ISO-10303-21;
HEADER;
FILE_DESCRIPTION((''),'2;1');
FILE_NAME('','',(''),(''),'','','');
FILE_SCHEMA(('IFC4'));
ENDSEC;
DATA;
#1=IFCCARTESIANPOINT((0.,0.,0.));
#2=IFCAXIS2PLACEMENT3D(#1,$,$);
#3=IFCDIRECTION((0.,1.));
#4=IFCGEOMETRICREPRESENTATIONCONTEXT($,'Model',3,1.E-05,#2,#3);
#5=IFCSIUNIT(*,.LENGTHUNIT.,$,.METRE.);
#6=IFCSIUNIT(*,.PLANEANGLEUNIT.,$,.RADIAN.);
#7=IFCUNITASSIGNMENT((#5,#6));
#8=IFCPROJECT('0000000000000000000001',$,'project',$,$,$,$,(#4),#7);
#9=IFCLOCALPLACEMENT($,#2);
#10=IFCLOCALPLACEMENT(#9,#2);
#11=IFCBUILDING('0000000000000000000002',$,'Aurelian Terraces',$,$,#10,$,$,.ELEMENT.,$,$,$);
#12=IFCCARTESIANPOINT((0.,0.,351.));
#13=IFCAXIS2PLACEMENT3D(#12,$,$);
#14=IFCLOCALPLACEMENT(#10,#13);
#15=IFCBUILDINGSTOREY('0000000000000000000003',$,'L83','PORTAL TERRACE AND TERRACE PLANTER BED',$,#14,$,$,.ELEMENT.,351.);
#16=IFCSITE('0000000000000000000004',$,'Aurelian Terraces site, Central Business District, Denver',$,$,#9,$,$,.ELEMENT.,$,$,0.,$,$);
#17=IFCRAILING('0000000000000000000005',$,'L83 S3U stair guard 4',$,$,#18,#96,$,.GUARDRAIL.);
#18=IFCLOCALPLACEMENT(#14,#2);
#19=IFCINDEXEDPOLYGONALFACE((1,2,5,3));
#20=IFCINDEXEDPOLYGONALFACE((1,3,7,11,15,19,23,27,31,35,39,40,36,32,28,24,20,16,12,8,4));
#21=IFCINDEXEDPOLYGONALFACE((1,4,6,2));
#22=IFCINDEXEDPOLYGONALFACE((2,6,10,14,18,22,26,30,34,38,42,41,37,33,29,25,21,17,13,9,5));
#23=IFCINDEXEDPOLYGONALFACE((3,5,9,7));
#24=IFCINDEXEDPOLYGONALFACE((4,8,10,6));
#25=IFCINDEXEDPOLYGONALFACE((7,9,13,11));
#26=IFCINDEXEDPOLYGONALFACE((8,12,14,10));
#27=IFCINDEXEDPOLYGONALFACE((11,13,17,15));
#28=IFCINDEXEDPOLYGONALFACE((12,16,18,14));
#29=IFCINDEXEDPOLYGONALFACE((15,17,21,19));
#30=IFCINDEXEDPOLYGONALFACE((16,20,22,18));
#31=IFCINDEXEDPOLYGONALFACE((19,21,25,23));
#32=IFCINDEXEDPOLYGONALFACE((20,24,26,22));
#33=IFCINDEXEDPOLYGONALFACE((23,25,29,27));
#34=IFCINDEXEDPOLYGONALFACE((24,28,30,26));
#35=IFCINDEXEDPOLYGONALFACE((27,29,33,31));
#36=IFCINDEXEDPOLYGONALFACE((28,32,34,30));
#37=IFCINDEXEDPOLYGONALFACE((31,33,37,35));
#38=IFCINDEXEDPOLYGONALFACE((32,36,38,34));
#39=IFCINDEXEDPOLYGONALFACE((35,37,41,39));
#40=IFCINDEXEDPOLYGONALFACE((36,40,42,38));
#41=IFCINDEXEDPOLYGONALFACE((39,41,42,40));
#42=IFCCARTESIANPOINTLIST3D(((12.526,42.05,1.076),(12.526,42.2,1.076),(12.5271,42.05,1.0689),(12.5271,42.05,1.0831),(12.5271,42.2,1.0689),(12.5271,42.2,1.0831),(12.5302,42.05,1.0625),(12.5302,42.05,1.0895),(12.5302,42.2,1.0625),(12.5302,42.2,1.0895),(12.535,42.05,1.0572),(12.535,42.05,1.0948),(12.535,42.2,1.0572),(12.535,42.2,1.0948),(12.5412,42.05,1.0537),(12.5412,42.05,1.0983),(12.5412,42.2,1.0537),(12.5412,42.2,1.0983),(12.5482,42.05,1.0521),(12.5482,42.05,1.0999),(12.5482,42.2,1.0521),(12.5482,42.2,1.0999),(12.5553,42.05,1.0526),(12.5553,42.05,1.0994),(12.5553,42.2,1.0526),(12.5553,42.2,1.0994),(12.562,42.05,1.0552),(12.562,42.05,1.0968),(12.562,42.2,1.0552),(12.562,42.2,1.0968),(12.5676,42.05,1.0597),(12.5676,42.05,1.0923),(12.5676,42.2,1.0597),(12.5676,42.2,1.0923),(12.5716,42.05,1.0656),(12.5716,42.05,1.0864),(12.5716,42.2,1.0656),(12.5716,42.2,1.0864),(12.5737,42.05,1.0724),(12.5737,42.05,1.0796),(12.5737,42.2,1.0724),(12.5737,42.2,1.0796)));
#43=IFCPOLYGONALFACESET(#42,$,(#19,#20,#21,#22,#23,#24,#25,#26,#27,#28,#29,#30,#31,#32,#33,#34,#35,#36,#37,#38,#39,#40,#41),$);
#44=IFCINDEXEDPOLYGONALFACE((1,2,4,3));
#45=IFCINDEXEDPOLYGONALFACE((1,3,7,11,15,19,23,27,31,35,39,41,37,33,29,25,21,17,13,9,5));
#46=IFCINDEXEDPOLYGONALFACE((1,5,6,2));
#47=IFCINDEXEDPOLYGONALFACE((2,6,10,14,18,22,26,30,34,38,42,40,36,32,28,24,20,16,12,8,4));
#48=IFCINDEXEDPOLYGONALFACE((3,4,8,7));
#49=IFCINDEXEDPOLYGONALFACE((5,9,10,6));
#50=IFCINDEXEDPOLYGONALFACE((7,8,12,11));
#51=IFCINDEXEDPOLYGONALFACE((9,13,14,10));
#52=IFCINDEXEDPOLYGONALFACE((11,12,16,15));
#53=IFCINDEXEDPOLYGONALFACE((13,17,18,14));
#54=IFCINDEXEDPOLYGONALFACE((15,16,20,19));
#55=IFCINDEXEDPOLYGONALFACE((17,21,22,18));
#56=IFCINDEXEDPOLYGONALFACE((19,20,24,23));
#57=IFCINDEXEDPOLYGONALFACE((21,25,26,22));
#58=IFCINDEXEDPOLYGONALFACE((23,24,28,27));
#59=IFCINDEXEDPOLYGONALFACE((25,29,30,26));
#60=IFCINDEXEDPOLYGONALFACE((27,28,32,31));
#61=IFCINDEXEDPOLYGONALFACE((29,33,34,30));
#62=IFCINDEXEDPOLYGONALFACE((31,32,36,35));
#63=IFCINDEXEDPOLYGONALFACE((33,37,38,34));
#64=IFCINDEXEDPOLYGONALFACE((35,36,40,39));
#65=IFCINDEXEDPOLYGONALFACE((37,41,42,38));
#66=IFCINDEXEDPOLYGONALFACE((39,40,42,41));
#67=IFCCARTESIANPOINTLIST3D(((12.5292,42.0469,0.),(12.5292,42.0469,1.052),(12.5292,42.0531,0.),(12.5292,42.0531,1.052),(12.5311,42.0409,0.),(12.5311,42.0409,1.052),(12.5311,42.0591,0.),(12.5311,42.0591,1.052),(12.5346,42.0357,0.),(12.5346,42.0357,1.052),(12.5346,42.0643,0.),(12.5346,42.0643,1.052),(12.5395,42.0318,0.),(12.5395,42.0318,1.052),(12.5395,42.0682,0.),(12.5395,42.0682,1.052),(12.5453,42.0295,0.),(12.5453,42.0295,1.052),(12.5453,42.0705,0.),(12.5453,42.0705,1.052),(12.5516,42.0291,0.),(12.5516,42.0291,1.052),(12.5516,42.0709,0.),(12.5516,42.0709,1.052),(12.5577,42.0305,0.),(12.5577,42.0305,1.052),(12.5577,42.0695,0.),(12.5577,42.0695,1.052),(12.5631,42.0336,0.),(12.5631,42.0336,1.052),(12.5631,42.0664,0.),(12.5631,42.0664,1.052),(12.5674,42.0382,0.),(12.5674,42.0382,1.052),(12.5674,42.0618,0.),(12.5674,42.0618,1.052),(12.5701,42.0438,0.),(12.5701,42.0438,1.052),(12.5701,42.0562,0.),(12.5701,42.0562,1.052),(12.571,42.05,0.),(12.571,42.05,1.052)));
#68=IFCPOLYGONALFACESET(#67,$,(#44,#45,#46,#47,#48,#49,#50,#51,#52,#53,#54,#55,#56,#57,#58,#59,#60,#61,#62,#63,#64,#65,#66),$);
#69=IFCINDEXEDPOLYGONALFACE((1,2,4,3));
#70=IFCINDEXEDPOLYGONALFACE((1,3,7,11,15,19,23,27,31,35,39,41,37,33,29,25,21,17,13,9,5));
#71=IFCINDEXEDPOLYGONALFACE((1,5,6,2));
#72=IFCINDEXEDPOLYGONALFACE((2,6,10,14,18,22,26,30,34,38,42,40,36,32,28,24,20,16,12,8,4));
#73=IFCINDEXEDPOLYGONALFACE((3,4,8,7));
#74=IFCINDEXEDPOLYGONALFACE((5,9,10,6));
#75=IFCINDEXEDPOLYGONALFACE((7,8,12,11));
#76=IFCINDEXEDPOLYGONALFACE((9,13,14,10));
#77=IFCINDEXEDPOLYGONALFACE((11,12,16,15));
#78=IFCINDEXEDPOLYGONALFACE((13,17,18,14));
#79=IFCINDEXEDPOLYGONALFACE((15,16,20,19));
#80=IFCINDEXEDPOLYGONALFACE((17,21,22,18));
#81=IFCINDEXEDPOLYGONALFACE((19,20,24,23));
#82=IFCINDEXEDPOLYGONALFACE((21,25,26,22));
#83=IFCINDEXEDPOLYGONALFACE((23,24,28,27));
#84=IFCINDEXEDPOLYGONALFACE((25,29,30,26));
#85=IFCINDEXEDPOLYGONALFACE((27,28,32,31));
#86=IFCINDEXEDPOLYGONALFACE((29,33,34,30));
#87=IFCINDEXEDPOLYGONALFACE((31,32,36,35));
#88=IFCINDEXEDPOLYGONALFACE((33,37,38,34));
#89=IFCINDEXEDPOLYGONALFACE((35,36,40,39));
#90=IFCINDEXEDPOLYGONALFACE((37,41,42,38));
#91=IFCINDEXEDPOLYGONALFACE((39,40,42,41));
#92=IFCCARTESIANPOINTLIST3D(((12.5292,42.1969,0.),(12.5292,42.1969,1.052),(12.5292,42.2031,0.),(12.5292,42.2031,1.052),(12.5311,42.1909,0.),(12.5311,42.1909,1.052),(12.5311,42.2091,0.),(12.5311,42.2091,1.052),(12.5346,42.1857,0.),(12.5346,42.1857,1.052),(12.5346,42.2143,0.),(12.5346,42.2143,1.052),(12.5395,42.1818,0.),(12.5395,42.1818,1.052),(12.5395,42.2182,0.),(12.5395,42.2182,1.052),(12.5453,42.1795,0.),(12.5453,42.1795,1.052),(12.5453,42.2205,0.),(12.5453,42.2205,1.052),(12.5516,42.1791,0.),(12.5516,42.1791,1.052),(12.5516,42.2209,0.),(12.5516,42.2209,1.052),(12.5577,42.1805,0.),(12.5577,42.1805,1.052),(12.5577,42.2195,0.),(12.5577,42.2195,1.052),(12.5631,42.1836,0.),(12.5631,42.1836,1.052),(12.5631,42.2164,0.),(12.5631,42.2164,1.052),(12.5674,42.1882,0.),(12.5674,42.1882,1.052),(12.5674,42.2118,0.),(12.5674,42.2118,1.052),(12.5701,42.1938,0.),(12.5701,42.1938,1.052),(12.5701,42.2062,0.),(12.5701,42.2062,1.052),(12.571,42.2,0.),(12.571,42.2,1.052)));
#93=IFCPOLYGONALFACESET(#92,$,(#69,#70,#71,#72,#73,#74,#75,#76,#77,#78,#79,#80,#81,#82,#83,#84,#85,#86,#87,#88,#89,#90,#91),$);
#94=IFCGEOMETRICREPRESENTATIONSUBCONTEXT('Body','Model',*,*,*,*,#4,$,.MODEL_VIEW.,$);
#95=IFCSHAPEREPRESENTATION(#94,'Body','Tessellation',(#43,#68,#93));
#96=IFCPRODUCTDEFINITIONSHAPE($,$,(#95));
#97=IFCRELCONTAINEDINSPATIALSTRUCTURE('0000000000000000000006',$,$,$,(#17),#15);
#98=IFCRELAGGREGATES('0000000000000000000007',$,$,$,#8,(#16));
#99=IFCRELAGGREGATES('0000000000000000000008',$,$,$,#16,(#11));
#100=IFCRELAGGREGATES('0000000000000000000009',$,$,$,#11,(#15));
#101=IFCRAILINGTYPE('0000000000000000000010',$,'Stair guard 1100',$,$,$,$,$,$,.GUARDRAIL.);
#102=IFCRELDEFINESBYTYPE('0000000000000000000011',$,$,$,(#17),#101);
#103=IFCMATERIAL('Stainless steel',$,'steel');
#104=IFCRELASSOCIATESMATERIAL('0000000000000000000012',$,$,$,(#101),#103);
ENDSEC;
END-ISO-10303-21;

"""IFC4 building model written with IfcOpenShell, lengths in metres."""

from ifc_helpers import new_model, si_unit, direction, frame, origin, origin_2d, place, context, subcontext, project, spatial, circle, extrude, source, transform, mapped, material, type_object, element, save


model = new_model("IFC4")

# Units and contexts
model_context = context("Model", 3, precision=1e-05, world=origin(), true_north=direction((0.0, 1.0)))
body_context = subcontext(model_context, "Body", "Model", "MODEL_VIEW")
ifc_project = project(units=[si_unit("LENGTHUNIT", "METRE"), si_unit("PLANEANGLEUNIT", "RADIAN")], contexts=[model_context])

# Site, building, storey
site_placement = place(None, origin())
site = spatial("IfcSite", under=ifc_project, at=site_placement, Name="Aurelian Terraces site, Central Business District, Denver", CompositionType="ELEMENT", RefElevation=0.0)
building_placement = place(site_placement, origin())
building = spatial("IfcBuilding", under=site, at=building_placement, Name="Aurelian Terraces", CompositionType="ELEMENT")
storey_placement = place(building_placement, frame((0.0, 0.0, 351.0)))
storey = spatial("IfcBuildingStorey", under=building, at=storey_placement, Name="L83", Description="PORTAL TERRACE AND TERRACE PLANTER BED", CompositionType="ELEMENT", Elevation=351.0)

# Railing
ifc_material_1 = material(Name="Stainless steel", Category="steel")
railing_type_1 = type_object("IfcRailingType", Name="Stair guard 1100", PredefinedType="GUARDRAIL", material=ifc_material_1)
shared_shape_1 = source(origin(), body_context, "Body", "SweptSolid", [
    extrude(circle(Radius=0.024, at=origin_2d()), frame((0.0, 0.0, 1.076), z_axis=(0.0, 1.0, 0.0), x_axis=(-1.0, 0.0, 0.0)), (0.0, 0.0, 1.0), 0.15),
    extrude(circle(Radius=0.021, at=origin_2d()), origin(), (0.0, 0.0, 1.0), 1.052),
    extrude(circle(Radius=0.021, at=origin_2d()), frame((0.0, 0.15, 0.0)), (0.0, 0.0, 1.0), 1.052),
])
railing_1_placement = place(storey_placement, frame((12.55, 42.05, 0.0)))
element("IfcRailing", 1, at=railing_1_placement, inside=storey, type_object=railing_type_1, Name="L83 S3U stair guard 4", PredefinedType="GUARDRAIL", context=body_context, shape_type="MappedRepresentation", body=[
    mapped(shared_shape_1, transform((0.0, 0.0, 0.0), scale=1.0)),
])

save(model, "model.ifc")
